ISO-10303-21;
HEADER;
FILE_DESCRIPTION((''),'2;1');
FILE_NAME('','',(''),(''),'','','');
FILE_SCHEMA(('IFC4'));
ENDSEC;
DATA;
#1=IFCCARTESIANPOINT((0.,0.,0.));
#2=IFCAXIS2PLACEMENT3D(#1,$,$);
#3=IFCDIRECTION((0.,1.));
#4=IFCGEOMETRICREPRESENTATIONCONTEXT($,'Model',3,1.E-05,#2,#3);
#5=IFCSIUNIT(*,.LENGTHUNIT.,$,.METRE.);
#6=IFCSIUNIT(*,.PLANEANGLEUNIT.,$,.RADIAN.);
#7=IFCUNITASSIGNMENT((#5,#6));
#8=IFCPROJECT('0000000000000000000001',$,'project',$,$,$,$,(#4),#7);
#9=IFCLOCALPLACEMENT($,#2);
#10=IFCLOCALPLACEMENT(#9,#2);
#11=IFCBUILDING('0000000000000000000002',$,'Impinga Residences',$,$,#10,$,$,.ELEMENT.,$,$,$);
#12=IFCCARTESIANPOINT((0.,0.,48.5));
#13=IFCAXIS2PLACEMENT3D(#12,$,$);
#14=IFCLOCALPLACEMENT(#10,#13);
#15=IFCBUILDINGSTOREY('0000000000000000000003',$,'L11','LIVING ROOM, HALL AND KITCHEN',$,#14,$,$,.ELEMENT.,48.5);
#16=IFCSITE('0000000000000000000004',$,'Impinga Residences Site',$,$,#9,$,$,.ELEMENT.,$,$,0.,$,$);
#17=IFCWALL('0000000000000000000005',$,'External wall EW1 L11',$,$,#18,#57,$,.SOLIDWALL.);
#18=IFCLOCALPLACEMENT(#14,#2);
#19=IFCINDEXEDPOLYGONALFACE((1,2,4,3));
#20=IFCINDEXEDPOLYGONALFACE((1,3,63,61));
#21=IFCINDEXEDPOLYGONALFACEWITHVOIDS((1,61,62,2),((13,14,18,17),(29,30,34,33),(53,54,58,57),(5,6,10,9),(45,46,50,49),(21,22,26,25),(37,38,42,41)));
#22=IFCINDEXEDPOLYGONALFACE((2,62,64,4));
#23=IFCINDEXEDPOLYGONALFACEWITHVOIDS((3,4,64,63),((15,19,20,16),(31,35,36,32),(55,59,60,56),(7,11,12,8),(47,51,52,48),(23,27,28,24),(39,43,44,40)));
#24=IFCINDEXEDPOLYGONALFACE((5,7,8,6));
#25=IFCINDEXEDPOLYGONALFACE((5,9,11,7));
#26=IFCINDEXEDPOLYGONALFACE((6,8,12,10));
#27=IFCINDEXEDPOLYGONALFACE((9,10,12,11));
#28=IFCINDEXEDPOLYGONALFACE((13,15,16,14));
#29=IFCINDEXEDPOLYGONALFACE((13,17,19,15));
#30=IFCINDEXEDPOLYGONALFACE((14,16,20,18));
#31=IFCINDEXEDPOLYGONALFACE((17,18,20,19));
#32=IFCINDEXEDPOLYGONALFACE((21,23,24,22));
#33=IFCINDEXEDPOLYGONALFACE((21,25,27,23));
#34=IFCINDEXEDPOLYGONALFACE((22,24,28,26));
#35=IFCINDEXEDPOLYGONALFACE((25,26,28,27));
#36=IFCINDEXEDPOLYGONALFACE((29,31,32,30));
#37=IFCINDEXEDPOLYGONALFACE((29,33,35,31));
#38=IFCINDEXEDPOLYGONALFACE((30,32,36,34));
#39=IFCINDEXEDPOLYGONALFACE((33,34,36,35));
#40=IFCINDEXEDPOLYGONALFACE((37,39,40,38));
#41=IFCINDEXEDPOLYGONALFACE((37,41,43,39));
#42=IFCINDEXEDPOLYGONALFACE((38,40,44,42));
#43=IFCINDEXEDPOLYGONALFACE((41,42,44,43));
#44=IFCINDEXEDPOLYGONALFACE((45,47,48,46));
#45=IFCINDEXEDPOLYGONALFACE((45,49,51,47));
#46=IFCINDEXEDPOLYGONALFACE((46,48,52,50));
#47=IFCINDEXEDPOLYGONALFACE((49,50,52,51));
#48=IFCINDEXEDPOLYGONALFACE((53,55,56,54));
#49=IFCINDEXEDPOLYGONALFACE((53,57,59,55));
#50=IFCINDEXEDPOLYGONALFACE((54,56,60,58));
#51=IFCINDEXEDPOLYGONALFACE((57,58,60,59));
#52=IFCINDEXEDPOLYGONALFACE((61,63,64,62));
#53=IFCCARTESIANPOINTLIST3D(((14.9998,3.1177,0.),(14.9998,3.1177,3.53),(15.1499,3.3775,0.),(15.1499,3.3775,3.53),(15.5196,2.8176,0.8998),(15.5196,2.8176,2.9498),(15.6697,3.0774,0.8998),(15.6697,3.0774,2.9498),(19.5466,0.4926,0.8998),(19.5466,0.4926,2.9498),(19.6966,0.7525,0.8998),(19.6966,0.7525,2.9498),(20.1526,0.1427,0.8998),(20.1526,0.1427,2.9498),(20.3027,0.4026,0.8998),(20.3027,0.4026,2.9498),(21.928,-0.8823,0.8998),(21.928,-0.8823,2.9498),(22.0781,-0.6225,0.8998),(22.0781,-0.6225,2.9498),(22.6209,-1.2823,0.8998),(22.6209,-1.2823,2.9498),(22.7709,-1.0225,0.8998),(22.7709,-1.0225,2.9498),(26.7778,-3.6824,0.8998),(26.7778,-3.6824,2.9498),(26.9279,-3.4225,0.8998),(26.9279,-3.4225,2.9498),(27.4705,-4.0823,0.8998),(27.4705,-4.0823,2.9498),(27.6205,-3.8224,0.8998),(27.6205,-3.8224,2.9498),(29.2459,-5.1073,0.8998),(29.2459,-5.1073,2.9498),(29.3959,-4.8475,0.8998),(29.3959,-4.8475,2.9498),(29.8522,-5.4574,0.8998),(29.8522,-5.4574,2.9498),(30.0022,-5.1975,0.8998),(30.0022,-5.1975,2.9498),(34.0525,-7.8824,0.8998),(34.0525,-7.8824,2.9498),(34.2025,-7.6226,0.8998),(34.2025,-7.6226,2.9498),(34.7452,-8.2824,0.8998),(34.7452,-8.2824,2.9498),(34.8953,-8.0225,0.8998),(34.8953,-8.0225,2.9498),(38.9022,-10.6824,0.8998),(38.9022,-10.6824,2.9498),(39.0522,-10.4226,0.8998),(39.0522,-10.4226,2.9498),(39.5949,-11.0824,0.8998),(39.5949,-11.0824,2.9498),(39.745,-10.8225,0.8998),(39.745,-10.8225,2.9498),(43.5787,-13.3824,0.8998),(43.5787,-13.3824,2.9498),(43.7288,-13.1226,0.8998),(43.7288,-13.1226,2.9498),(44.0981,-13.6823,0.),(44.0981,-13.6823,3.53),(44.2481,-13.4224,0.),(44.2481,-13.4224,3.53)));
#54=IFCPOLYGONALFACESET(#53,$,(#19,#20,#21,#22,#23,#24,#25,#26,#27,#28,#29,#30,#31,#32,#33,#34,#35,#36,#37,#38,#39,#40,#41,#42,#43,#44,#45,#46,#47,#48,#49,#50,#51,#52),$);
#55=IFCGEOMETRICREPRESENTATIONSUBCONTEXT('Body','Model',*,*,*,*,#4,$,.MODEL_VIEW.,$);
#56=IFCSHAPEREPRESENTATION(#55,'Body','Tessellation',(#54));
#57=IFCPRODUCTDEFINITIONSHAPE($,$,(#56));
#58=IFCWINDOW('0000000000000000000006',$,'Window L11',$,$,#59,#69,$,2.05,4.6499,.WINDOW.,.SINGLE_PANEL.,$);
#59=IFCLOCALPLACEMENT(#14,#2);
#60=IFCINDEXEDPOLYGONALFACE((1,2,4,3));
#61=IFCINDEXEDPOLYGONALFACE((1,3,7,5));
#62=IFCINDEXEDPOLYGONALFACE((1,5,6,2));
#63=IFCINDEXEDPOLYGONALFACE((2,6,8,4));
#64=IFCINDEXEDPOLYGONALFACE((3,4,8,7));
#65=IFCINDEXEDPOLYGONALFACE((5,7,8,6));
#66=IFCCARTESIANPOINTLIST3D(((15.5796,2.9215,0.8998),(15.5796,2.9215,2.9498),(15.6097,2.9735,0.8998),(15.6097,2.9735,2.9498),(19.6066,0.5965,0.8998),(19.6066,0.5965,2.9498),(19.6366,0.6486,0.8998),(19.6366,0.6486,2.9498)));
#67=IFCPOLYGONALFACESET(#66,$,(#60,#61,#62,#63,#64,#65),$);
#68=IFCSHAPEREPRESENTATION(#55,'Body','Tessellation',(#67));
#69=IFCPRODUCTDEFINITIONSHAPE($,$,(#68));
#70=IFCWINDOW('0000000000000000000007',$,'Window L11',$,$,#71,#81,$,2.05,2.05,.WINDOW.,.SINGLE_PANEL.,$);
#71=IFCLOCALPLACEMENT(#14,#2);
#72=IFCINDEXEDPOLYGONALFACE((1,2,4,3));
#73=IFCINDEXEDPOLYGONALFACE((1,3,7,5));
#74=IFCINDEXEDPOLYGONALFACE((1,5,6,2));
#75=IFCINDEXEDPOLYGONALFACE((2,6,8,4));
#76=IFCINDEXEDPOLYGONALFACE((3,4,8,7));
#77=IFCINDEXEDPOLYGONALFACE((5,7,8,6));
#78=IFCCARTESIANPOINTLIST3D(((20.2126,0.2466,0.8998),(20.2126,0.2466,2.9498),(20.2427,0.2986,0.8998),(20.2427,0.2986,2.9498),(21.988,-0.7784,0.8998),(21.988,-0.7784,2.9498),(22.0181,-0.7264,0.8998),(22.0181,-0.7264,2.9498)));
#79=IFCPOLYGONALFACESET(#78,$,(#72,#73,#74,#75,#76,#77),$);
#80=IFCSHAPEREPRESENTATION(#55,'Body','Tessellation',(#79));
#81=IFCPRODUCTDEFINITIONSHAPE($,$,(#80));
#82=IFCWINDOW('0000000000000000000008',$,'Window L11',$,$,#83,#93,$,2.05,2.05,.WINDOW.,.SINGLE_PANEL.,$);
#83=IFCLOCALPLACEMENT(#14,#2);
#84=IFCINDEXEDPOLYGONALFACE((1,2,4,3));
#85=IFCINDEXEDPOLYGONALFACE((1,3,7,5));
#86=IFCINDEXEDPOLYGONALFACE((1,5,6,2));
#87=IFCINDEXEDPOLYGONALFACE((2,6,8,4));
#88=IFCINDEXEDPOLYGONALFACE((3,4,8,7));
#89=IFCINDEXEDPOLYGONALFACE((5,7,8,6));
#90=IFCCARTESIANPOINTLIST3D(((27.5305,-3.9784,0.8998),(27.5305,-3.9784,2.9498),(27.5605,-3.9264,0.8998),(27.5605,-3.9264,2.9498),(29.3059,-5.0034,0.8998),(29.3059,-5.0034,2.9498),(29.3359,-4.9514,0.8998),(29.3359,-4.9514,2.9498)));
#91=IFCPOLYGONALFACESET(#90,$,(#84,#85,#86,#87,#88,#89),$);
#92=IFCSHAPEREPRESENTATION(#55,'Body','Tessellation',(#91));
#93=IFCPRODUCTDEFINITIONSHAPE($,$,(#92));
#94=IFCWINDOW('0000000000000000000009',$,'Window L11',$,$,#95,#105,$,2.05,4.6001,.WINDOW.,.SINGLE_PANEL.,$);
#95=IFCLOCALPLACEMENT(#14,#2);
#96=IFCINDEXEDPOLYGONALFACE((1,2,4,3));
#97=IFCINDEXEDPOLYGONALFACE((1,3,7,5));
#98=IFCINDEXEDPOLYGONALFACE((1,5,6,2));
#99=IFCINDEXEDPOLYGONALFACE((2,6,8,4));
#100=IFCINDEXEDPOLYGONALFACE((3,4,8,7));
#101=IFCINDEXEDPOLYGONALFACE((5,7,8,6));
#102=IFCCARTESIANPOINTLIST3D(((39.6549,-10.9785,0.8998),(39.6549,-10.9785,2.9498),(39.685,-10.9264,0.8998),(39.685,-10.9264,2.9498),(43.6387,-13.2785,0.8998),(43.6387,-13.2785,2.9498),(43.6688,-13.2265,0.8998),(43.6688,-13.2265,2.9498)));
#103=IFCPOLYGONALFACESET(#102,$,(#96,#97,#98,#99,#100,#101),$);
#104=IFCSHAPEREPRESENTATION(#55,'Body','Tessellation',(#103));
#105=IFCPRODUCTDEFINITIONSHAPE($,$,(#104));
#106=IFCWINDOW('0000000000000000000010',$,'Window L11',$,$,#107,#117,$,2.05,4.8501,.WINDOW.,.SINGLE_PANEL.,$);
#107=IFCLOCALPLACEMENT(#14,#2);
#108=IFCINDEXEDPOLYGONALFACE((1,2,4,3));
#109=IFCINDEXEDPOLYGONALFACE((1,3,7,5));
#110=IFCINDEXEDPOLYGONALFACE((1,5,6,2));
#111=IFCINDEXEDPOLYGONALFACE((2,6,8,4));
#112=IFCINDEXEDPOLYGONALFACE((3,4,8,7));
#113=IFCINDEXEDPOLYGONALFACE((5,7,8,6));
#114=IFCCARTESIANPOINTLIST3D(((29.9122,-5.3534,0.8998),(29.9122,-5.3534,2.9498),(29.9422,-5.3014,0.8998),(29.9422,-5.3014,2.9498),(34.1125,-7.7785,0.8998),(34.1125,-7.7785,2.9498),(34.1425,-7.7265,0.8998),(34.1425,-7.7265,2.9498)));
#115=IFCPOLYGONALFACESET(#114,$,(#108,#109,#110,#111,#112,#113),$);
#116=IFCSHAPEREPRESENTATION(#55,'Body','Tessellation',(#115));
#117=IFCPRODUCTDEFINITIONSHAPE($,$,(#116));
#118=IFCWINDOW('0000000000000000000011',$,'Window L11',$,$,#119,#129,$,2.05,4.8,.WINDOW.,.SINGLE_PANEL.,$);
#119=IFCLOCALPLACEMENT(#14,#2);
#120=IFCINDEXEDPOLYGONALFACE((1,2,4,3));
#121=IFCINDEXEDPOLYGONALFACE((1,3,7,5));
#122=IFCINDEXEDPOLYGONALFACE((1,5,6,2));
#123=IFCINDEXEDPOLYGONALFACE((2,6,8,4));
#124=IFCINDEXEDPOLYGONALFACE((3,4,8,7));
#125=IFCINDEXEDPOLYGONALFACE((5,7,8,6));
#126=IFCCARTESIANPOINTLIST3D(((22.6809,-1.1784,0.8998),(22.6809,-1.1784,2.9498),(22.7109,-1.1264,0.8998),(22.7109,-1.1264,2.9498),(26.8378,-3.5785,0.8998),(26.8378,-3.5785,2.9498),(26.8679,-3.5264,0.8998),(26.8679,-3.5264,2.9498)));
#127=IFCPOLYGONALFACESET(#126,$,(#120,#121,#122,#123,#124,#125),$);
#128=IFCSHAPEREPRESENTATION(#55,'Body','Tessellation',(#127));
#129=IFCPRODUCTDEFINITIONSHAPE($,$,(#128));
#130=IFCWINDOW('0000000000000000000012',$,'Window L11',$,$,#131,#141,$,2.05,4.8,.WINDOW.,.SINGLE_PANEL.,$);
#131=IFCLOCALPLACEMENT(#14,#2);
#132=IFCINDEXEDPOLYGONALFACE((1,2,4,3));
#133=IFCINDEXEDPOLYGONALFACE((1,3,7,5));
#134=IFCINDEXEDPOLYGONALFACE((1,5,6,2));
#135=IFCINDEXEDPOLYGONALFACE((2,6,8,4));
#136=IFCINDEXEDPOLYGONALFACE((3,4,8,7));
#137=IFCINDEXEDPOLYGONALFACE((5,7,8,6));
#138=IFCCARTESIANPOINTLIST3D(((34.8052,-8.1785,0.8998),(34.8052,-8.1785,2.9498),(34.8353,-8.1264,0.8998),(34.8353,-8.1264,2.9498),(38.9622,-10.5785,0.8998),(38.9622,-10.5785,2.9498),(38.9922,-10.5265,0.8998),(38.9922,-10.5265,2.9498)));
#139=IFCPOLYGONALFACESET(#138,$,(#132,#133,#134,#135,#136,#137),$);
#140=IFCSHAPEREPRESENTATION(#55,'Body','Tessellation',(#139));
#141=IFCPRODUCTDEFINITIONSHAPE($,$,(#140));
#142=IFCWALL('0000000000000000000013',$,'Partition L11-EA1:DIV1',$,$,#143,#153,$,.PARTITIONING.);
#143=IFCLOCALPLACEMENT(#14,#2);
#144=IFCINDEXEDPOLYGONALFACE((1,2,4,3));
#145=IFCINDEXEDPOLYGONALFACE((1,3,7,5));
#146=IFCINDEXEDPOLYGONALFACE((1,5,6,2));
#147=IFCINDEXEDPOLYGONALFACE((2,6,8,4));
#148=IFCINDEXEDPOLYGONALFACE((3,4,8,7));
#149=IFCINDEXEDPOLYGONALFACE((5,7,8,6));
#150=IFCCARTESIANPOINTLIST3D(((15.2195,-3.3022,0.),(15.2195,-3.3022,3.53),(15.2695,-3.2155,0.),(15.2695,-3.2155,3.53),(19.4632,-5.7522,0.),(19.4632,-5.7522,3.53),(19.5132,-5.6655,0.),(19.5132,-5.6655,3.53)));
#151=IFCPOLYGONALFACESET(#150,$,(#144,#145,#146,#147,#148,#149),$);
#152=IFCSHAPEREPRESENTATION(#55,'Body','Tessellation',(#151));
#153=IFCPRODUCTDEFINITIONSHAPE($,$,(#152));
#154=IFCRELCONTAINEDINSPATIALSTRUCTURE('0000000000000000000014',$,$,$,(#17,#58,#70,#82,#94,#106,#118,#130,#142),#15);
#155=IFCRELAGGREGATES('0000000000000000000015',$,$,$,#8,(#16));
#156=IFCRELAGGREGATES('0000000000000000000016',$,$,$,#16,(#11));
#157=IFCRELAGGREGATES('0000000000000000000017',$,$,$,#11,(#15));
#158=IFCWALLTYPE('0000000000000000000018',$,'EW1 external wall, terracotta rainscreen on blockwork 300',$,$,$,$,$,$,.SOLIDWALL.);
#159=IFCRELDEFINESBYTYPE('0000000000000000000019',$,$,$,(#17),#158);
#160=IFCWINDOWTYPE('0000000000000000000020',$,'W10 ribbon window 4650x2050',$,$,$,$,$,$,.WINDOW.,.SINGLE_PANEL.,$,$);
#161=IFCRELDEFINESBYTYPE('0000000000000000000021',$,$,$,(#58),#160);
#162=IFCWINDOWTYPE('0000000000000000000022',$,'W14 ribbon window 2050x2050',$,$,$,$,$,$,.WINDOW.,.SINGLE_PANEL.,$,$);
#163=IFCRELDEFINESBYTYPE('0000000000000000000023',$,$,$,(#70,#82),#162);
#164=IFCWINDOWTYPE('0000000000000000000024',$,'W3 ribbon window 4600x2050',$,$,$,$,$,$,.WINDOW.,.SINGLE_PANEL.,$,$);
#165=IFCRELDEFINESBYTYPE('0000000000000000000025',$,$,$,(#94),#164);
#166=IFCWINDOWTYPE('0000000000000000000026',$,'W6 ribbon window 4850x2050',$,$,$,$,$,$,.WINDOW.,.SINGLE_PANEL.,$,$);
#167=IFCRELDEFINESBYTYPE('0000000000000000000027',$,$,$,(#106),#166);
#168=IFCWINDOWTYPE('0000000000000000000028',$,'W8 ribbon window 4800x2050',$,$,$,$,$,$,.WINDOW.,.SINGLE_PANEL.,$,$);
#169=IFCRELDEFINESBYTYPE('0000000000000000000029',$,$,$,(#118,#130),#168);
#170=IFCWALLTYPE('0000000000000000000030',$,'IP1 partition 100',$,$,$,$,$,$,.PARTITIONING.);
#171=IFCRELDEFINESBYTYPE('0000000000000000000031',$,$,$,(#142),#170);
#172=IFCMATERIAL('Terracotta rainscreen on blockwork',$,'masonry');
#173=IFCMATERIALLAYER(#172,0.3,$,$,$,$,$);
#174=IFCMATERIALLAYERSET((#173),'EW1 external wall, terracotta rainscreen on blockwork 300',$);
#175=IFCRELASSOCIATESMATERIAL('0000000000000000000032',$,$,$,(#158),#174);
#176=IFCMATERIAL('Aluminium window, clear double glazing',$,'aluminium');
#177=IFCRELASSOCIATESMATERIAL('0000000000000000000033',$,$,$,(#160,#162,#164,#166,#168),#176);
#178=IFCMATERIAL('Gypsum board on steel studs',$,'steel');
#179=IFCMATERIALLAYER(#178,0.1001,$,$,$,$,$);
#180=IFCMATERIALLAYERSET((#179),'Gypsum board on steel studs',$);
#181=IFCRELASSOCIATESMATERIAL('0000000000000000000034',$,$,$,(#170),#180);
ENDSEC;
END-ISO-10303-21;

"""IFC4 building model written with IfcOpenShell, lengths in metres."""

from ifc_helpers import new_model, si_unit, direction, frame, frame_2d, origin, place, context, subcontext, project, spatial, rectangle, extrude, material, layer, layer_set, type_object, element, fill, save


model = new_model("IFC4")

# Units and contexts
model_context = context("Model", 3, precision=1e-05, world=origin(), true_north=direction((0.0, 1.0)))
body_context = subcontext(model_context, "Body", "Model", "MODEL_VIEW")
ifc_project = project(units=[si_unit("LENGTHUNIT", "METRE"), si_unit("PLANEANGLEUNIT", "RADIAN")], contexts=[model_context])

# Site, building, storey
site_placement = place(None, origin())
site = spatial("IfcSite", under=ifc_project, at=site_placement, Name="Impinga Residences Site", CompositionType="ELEMENT", RefElevation=0.0)
building_placement = place(site_placement, origin())
building = spatial("IfcBuilding", under=site, at=building_placement, Name="Impinga Residences", CompositionType="ELEMENT")
storey_placement = place(building_placement, frame((0.0, 0.0, 48.5)))
storey = spatial("IfcBuildingStorey", under=building, at=storey_placement, Name="L11", Description="LIVING ROOM, HALL AND KITCHEN", CompositionType="ELEMENT", Elevation=48.5)

# Shared definitions
ifc_material_1 = material(Name="Terracotta rainscreen on blockwork", Category="masonry")
ifc_layer_1 = layer(ifc_material_1, 0.3)
ifc_layer_set_1 = layer_set([ifc_layer_1], Name="EW1 external wall, terracotta rainscreen on blockwork 300")
wall_type_1 = type_object("IfcWallType", Name="EW1 external wall, terracotta rainscreen on blockwork 300", PredefinedType="SOLIDWALL", material=ifc_layer_set_1)

# Wall, openings, windows
wall_1_placement = place(storey_placement, frame((15.075, 3.2476, 0.0), z_axis=(0.0, 0.0, 1.0), x_axis=(0.866024, -0.500002, 0.0)))
wall_1 = element("IfcWall", 1, at=wall_1_placement, inside=storey, type_object=wall_type_1, Name="External wall EW1 L11", PredefinedType="SOLIDWALL", context=body_context, shape_type="SweptSolid", body=[
    extrude(rectangle(XDim=33.5999, YDim=0.3, at=frame_2d((16.7998, 0.0))), origin(), (0.0, 0.0, 1.0), 3.53),
])
opening_1_placement = place(wall_1_placement, frame((0.6001, 0.0, 0.8999)))
opening_1 = element("IfcOpeningElement", 2, at=opening_1_placement, cuts=wall_1, PredefinedType="OPENING", context=body_context, shape_type="SweptSolid", body=[
    extrude(rectangle(XDim=4.6499, YDim=2.05, at=frame_2d((2.325, 1.0249))), frame((0.0, 0.1599, 0.0), z_axis=(0.0, -1.0, 0.0), x_axis=(1.0, 0.0, 0.0)), (0.0, 0.0, 1.0), 0.3201),
])
opening_2_placement = place(wall_1_placement, frame((5.95, 0.0, 0.8999)))
opening_2 = element("IfcOpeningElement", 3, at=opening_2_placement, cuts=wall_1, PredefinedType="OPENING", context=body_context, shape_type="SweptSolid", body=[
    extrude(rectangle(XDim=2.05, YDim=2.05, at=frame_2d((1.0249, 1.0249))), frame((0.0, 0.1599, 0.0), z_axis=(0.0, -1.0, 0.0), x_axis=(1.0, 0.0, 0.0)), (0.0, 0.0, 1.0), 0.3201),
])
opening_3_placement = place(wall_1_placement, frame((8.8, 0.0, 0.8999)))
opening_3 = element("IfcOpeningElement", 4, at=opening_3_placement, cuts=wall_1, PredefinedType="OPENING", context=body_context, shape_type="SweptSolid", body=[
    extrude(rectangle(XDim=4.8, YDim=2.05, at=frame_2d((2.3999, 1.0249))), frame((0.0, 0.1599, 0.0), z_axis=(0.0, -1.0, 0.0), x_axis=(1.0, 0.0, 0.0)), (0.0, 0.0, 1.0), 0.3201),
])
opening_4_placement = place(wall_1_placement, frame((14.3999, 0.0, 0.8999)))
opening_4 = element("IfcOpeningElement", 5, at=opening_4_placement, cuts=wall_1, PredefinedType="OPENING", context=body_context, shape_type="SweptSolid", body=[
    extrude(rectangle(XDim=2.05, YDim=2.05, at=frame_2d((1.0249, 1.0249))), frame((0.0, 0.1599, 0.0), z_axis=(0.0, -1.0, 0.0), x_axis=(1.0, 0.0, 0.0)), (0.0, 0.0, 1.0), 0.3201),
])
opening_5_placement = place(wall_1_placement, frame((17.1499, 0.0, 0.8999)))
opening_5 = element("IfcOpeningElement", 6, at=opening_5_placement, cuts=wall_1, PredefinedType="OPENING", context=body_context, shape_type="SweptSolid", body=[
    extrude(rectangle(XDim=4.8501, YDim=2.05, at=frame_2d((2.425, 1.0249))), frame((0.0, 0.1599, 0.0), z_axis=(0.0, -1.0, 0.0), x_axis=(1.0, 0.0, 0.0)), (0.0, 0.0, 1.0), 0.3201),
])
opening_6_placement = place(wall_1_placement, frame((22.8, 0.0, 0.8999)))
opening_6 = element("IfcOpeningElement", 7, at=opening_6_placement, cuts=wall_1, PredefinedType="OPENING", context=body_context, shape_type="SweptSolid", body=[
    extrude(rectangle(XDim=4.8, YDim=2.05, at=frame_2d((2.3999, 1.0249))), frame((0.0, 0.1599, 0.0), z_axis=(0.0, -1.0, 0.0), x_axis=(1.0, 0.0, 0.0)), (0.0, 0.0, 1.0), 0.3201),
])
opening_7_placement = place(wall_1_placement, frame((28.3999, 0.0, 0.8999)))
opening_7 = element("IfcOpeningElement", 8, at=opening_7_placement, cuts=wall_1, PredefinedType="OPENING", context=body_context, shape_type="SweptSolid", body=[
    extrude(rectangle(XDim=4.6001, YDim=2.05, at=frame_2d((2.3, 1.0249))), frame((0.0, 0.1599, 0.0), z_axis=(0.0, -1.0, 0.0), x_axis=(1.0, 0.0, 0.0)), (0.0, 0.0, 1.0), 0.3201),
])
ifc_material_2 = material(Name="Aluminium window, clear double glazing", Category="aluminium")
window_type_1 = type_object("IfcWindowType", Name="W10 ribbon window 4650x2050", PartitioningType="SINGLE_PANEL", PredefinedType="WINDOW", material=ifc_material_2)
window_1_placement = place(opening_1_placement, origin())
window_1 = element("IfcWindow", 9, at=window_1_placement, inside=storey, type_object=window_type_1, Name="Window L11", OverallHeight=2.05, OverallWidth=4.6499, PartitioningType="SINGLE_PANEL", PredefinedType="WINDOW", context=body_context, shape_type="SweptSolid", body=[
    extrude(rectangle(XDim=4.6499, YDim=2.05, at=frame_2d((2.325, 1.0249))), frame((0.0, 0.03, 0.0), z_axis=(0.0, -1.0, 0.0), x_axis=(1.0, 0.0, 0.0)), (0.0, 0.0, 1.0), 0.0601),
])
fill(opening_1, window_1)
window_type_2 = type_object("IfcWindowType", Name="W14 ribbon window 2050x2050", PartitioningType="SINGLE_PANEL", PredefinedType="WINDOW", material=ifc_material_2)
window_2_placement = place(opening_2_placement, origin())
window_2 = element("IfcWindow", 10, at=window_2_placement, inside=storey, type_object=window_type_2, Name="Window L11", OverallHeight=2.05, OverallWidth=2.05, PartitioningType="SINGLE_PANEL", PredefinedType="WINDOW", context=body_context, shape_type="SweptSolid", body=[
    extrude(rectangle(XDim=2.05, YDim=2.05, at=frame_2d((1.0249, 1.0249))), frame((0.0, 0.03, 0.0), z_axis=(0.0, -1.0, 0.0), x_axis=(1.0, 0.0, 0.0)), (0.0, 0.0, 1.0), 0.0601),
])
fill(opening_2, window_2)
window_3_placement = place(opening_4_placement, origin())
window_3 = element("IfcWindow", 11, at=window_3_placement, inside=storey, type_object=window_type_2, Name="Window L11", OverallHeight=2.05, OverallWidth=2.05, PartitioningType="SINGLE_PANEL", PredefinedType="WINDOW", context=body_context, shape_type="SweptSolid", body=[
    extrude(rectangle(XDim=2.05, YDim=2.05, at=frame_2d((1.0249, 1.0249))), frame((0.0, 0.03, 0.0), z_axis=(0.0, -1.0, 0.0), x_axis=(1.0, 0.0, 0.0)), (0.0, 0.0, 1.0), 0.0601),
])
fill(opening_4, window_3)
window_type_3 = type_object("IfcWindowType", Name="W3 ribbon window 4600x2050", PartitioningType="SINGLE_PANEL", PredefinedType="WINDOW", material=ifc_material_2)
window_4_placement = place(opening_7_placement, origin())
window_4 = element("IfcWindow", 12, at=window_4_placement, inside=storey, type_object=window_type_3, Name="Window L11", OverallHeight=2.05, OverallWidth=4.6001, PartitioningType="SINGLE_PANEL", PredefinedType="WINDOW", context=body_context, shape_type="SweptSolid", body=[
    extrude(rectangle(XDim=4.6001, YDim=2.05, at=frame_2d((2.3, 1.0249))), frame((0.0, 0.03, 0.0), z_axis=(0.0, -1.0, 0.0), x_axis=(1.0, 0.0, 0.0)), (0.0, 0.0, 1.0), 0.0601),
])
fill(opening_7, window_4)
window_type_4 = type_object("IfcWindowType", Name="W6 ribbon window 4850x2050", PartitioningType="SINGLE_PANEL", PredefinedType="WINDOW", material=ifc_material_2)
window_5_placement = place(opening_5_placement, origin())
window_5 = element("IfcWindow", 13, at=window_5_placement, inside=storey, type_object=window_type_4, Name="Window L11", OverallHeight=2.05, OverallWidth=4.8501, PartitioningType="SINGLE_PANEL", PredefinedType="WINDOW", context=body_context, shape_type="SweptSolid", body=[
    extrude(rectangle(XDim=4.8501, YDim=2.05, at=frame_2d((2.425, 1.0249))), frame((0.0, 0.03, 0.0), z_axis=(0.0, -1.0, 0.0), x_axis=(1.0, 0.0, 0.0)), (0.0, 0.0, 1.0), 0.0601),
])
fill(opening_5, window_5)
window_type_5 = type_object("IfcWindowType", Name="W8 ribbon window 4800x2050", PartitioningType="SINGLE_PANEL", PredefinedType="WINDOW", material=ifc_material_2)
window_6_placement = place(opening_3_placement, origin())
window_6 = element("IfcWindow", 14, at=window_6_placement, inside=storey, type_object=window_type_5, Name="Window L11", OverallHeight=2.05, OverallWidth=4.8, PartitioningType="SINGLE_PANEL", PredefinedType="WINDOW", context=body_context, shape_type="SweptSolid", body=[
    extrude(rectangle(XDim=4.8, YDim=2.05, at=frame_2d((2.3999, 1.0249))), frame((0.0, 0.03, 0.0), z_axis=(0.0, -1.0, 0.0), x_axis=(1.0, 0.0, 0.0)), (0.0, 0.0, 1.0), 0.0601),
])
fill(opening_3, window_6)
window_7_placement = place(opening_6_placement, origin())
window_7 = element("IfcWindow", 15, at=window_7_placement, inside=storey, type_object=window_type_5, Name="Window L11", OverallHeight=2.05, OverallWidth=4.8, PartitioningType="SINGLE_PANEL", PredefinedType="WINDOW", context=body_context, shape_type="SweptSolid", body=[
    extrude(rectangle(XDim=4.8, YDim=2.05, at=frame_2d((2.3999, 1.0249))), frame((0.0, 0.03, 0.0), z_axis=(0.0, -1.0, 0.0), x_axis=(1.0, 0.0, 0.0)), (0.0, 0.0, 1.0), 0.0601),
])
fill(opening_6, window_7)

# Wall
ifc_material_3 = material(Name="Gypsum board on steel studs", Category="steel")
ifc_layer_2 = layer(ifc_material_3, 0.1001)
ifc_layer_set_2 = layer_set([ifc_layer_2], Name="Gypsum board on steel studs")
wall_type_2 = type_object("IfcWallType", Name="IP1 partition 100", PredefinedType="PARTITIONING", material=ifc_layer_set_2)
wall_2_placement = place(storey_placement, frame((15.2444, -3.2588, 0.0), z_axis=(0.0, 0.0, 1.0), x_axis=(0.866036, -0.499981, 0.0)))
element("IfcWall", 16, at=wall_2_placement, inside=storey, type_object=wall_type_2, Name="Partition L11-EA1:DIV1", PredefinedType="PARTITIONING", context=body_context, shape_type="SweptSolid", body=[
    extrude(rectangle(XDim=4.9001, YDim=0.1001, at=frame_2d((2.4502, 0.0))), origin(), (0.0, 0.0, 1.0), 3.53),
])

save(model, "model.ifc")
